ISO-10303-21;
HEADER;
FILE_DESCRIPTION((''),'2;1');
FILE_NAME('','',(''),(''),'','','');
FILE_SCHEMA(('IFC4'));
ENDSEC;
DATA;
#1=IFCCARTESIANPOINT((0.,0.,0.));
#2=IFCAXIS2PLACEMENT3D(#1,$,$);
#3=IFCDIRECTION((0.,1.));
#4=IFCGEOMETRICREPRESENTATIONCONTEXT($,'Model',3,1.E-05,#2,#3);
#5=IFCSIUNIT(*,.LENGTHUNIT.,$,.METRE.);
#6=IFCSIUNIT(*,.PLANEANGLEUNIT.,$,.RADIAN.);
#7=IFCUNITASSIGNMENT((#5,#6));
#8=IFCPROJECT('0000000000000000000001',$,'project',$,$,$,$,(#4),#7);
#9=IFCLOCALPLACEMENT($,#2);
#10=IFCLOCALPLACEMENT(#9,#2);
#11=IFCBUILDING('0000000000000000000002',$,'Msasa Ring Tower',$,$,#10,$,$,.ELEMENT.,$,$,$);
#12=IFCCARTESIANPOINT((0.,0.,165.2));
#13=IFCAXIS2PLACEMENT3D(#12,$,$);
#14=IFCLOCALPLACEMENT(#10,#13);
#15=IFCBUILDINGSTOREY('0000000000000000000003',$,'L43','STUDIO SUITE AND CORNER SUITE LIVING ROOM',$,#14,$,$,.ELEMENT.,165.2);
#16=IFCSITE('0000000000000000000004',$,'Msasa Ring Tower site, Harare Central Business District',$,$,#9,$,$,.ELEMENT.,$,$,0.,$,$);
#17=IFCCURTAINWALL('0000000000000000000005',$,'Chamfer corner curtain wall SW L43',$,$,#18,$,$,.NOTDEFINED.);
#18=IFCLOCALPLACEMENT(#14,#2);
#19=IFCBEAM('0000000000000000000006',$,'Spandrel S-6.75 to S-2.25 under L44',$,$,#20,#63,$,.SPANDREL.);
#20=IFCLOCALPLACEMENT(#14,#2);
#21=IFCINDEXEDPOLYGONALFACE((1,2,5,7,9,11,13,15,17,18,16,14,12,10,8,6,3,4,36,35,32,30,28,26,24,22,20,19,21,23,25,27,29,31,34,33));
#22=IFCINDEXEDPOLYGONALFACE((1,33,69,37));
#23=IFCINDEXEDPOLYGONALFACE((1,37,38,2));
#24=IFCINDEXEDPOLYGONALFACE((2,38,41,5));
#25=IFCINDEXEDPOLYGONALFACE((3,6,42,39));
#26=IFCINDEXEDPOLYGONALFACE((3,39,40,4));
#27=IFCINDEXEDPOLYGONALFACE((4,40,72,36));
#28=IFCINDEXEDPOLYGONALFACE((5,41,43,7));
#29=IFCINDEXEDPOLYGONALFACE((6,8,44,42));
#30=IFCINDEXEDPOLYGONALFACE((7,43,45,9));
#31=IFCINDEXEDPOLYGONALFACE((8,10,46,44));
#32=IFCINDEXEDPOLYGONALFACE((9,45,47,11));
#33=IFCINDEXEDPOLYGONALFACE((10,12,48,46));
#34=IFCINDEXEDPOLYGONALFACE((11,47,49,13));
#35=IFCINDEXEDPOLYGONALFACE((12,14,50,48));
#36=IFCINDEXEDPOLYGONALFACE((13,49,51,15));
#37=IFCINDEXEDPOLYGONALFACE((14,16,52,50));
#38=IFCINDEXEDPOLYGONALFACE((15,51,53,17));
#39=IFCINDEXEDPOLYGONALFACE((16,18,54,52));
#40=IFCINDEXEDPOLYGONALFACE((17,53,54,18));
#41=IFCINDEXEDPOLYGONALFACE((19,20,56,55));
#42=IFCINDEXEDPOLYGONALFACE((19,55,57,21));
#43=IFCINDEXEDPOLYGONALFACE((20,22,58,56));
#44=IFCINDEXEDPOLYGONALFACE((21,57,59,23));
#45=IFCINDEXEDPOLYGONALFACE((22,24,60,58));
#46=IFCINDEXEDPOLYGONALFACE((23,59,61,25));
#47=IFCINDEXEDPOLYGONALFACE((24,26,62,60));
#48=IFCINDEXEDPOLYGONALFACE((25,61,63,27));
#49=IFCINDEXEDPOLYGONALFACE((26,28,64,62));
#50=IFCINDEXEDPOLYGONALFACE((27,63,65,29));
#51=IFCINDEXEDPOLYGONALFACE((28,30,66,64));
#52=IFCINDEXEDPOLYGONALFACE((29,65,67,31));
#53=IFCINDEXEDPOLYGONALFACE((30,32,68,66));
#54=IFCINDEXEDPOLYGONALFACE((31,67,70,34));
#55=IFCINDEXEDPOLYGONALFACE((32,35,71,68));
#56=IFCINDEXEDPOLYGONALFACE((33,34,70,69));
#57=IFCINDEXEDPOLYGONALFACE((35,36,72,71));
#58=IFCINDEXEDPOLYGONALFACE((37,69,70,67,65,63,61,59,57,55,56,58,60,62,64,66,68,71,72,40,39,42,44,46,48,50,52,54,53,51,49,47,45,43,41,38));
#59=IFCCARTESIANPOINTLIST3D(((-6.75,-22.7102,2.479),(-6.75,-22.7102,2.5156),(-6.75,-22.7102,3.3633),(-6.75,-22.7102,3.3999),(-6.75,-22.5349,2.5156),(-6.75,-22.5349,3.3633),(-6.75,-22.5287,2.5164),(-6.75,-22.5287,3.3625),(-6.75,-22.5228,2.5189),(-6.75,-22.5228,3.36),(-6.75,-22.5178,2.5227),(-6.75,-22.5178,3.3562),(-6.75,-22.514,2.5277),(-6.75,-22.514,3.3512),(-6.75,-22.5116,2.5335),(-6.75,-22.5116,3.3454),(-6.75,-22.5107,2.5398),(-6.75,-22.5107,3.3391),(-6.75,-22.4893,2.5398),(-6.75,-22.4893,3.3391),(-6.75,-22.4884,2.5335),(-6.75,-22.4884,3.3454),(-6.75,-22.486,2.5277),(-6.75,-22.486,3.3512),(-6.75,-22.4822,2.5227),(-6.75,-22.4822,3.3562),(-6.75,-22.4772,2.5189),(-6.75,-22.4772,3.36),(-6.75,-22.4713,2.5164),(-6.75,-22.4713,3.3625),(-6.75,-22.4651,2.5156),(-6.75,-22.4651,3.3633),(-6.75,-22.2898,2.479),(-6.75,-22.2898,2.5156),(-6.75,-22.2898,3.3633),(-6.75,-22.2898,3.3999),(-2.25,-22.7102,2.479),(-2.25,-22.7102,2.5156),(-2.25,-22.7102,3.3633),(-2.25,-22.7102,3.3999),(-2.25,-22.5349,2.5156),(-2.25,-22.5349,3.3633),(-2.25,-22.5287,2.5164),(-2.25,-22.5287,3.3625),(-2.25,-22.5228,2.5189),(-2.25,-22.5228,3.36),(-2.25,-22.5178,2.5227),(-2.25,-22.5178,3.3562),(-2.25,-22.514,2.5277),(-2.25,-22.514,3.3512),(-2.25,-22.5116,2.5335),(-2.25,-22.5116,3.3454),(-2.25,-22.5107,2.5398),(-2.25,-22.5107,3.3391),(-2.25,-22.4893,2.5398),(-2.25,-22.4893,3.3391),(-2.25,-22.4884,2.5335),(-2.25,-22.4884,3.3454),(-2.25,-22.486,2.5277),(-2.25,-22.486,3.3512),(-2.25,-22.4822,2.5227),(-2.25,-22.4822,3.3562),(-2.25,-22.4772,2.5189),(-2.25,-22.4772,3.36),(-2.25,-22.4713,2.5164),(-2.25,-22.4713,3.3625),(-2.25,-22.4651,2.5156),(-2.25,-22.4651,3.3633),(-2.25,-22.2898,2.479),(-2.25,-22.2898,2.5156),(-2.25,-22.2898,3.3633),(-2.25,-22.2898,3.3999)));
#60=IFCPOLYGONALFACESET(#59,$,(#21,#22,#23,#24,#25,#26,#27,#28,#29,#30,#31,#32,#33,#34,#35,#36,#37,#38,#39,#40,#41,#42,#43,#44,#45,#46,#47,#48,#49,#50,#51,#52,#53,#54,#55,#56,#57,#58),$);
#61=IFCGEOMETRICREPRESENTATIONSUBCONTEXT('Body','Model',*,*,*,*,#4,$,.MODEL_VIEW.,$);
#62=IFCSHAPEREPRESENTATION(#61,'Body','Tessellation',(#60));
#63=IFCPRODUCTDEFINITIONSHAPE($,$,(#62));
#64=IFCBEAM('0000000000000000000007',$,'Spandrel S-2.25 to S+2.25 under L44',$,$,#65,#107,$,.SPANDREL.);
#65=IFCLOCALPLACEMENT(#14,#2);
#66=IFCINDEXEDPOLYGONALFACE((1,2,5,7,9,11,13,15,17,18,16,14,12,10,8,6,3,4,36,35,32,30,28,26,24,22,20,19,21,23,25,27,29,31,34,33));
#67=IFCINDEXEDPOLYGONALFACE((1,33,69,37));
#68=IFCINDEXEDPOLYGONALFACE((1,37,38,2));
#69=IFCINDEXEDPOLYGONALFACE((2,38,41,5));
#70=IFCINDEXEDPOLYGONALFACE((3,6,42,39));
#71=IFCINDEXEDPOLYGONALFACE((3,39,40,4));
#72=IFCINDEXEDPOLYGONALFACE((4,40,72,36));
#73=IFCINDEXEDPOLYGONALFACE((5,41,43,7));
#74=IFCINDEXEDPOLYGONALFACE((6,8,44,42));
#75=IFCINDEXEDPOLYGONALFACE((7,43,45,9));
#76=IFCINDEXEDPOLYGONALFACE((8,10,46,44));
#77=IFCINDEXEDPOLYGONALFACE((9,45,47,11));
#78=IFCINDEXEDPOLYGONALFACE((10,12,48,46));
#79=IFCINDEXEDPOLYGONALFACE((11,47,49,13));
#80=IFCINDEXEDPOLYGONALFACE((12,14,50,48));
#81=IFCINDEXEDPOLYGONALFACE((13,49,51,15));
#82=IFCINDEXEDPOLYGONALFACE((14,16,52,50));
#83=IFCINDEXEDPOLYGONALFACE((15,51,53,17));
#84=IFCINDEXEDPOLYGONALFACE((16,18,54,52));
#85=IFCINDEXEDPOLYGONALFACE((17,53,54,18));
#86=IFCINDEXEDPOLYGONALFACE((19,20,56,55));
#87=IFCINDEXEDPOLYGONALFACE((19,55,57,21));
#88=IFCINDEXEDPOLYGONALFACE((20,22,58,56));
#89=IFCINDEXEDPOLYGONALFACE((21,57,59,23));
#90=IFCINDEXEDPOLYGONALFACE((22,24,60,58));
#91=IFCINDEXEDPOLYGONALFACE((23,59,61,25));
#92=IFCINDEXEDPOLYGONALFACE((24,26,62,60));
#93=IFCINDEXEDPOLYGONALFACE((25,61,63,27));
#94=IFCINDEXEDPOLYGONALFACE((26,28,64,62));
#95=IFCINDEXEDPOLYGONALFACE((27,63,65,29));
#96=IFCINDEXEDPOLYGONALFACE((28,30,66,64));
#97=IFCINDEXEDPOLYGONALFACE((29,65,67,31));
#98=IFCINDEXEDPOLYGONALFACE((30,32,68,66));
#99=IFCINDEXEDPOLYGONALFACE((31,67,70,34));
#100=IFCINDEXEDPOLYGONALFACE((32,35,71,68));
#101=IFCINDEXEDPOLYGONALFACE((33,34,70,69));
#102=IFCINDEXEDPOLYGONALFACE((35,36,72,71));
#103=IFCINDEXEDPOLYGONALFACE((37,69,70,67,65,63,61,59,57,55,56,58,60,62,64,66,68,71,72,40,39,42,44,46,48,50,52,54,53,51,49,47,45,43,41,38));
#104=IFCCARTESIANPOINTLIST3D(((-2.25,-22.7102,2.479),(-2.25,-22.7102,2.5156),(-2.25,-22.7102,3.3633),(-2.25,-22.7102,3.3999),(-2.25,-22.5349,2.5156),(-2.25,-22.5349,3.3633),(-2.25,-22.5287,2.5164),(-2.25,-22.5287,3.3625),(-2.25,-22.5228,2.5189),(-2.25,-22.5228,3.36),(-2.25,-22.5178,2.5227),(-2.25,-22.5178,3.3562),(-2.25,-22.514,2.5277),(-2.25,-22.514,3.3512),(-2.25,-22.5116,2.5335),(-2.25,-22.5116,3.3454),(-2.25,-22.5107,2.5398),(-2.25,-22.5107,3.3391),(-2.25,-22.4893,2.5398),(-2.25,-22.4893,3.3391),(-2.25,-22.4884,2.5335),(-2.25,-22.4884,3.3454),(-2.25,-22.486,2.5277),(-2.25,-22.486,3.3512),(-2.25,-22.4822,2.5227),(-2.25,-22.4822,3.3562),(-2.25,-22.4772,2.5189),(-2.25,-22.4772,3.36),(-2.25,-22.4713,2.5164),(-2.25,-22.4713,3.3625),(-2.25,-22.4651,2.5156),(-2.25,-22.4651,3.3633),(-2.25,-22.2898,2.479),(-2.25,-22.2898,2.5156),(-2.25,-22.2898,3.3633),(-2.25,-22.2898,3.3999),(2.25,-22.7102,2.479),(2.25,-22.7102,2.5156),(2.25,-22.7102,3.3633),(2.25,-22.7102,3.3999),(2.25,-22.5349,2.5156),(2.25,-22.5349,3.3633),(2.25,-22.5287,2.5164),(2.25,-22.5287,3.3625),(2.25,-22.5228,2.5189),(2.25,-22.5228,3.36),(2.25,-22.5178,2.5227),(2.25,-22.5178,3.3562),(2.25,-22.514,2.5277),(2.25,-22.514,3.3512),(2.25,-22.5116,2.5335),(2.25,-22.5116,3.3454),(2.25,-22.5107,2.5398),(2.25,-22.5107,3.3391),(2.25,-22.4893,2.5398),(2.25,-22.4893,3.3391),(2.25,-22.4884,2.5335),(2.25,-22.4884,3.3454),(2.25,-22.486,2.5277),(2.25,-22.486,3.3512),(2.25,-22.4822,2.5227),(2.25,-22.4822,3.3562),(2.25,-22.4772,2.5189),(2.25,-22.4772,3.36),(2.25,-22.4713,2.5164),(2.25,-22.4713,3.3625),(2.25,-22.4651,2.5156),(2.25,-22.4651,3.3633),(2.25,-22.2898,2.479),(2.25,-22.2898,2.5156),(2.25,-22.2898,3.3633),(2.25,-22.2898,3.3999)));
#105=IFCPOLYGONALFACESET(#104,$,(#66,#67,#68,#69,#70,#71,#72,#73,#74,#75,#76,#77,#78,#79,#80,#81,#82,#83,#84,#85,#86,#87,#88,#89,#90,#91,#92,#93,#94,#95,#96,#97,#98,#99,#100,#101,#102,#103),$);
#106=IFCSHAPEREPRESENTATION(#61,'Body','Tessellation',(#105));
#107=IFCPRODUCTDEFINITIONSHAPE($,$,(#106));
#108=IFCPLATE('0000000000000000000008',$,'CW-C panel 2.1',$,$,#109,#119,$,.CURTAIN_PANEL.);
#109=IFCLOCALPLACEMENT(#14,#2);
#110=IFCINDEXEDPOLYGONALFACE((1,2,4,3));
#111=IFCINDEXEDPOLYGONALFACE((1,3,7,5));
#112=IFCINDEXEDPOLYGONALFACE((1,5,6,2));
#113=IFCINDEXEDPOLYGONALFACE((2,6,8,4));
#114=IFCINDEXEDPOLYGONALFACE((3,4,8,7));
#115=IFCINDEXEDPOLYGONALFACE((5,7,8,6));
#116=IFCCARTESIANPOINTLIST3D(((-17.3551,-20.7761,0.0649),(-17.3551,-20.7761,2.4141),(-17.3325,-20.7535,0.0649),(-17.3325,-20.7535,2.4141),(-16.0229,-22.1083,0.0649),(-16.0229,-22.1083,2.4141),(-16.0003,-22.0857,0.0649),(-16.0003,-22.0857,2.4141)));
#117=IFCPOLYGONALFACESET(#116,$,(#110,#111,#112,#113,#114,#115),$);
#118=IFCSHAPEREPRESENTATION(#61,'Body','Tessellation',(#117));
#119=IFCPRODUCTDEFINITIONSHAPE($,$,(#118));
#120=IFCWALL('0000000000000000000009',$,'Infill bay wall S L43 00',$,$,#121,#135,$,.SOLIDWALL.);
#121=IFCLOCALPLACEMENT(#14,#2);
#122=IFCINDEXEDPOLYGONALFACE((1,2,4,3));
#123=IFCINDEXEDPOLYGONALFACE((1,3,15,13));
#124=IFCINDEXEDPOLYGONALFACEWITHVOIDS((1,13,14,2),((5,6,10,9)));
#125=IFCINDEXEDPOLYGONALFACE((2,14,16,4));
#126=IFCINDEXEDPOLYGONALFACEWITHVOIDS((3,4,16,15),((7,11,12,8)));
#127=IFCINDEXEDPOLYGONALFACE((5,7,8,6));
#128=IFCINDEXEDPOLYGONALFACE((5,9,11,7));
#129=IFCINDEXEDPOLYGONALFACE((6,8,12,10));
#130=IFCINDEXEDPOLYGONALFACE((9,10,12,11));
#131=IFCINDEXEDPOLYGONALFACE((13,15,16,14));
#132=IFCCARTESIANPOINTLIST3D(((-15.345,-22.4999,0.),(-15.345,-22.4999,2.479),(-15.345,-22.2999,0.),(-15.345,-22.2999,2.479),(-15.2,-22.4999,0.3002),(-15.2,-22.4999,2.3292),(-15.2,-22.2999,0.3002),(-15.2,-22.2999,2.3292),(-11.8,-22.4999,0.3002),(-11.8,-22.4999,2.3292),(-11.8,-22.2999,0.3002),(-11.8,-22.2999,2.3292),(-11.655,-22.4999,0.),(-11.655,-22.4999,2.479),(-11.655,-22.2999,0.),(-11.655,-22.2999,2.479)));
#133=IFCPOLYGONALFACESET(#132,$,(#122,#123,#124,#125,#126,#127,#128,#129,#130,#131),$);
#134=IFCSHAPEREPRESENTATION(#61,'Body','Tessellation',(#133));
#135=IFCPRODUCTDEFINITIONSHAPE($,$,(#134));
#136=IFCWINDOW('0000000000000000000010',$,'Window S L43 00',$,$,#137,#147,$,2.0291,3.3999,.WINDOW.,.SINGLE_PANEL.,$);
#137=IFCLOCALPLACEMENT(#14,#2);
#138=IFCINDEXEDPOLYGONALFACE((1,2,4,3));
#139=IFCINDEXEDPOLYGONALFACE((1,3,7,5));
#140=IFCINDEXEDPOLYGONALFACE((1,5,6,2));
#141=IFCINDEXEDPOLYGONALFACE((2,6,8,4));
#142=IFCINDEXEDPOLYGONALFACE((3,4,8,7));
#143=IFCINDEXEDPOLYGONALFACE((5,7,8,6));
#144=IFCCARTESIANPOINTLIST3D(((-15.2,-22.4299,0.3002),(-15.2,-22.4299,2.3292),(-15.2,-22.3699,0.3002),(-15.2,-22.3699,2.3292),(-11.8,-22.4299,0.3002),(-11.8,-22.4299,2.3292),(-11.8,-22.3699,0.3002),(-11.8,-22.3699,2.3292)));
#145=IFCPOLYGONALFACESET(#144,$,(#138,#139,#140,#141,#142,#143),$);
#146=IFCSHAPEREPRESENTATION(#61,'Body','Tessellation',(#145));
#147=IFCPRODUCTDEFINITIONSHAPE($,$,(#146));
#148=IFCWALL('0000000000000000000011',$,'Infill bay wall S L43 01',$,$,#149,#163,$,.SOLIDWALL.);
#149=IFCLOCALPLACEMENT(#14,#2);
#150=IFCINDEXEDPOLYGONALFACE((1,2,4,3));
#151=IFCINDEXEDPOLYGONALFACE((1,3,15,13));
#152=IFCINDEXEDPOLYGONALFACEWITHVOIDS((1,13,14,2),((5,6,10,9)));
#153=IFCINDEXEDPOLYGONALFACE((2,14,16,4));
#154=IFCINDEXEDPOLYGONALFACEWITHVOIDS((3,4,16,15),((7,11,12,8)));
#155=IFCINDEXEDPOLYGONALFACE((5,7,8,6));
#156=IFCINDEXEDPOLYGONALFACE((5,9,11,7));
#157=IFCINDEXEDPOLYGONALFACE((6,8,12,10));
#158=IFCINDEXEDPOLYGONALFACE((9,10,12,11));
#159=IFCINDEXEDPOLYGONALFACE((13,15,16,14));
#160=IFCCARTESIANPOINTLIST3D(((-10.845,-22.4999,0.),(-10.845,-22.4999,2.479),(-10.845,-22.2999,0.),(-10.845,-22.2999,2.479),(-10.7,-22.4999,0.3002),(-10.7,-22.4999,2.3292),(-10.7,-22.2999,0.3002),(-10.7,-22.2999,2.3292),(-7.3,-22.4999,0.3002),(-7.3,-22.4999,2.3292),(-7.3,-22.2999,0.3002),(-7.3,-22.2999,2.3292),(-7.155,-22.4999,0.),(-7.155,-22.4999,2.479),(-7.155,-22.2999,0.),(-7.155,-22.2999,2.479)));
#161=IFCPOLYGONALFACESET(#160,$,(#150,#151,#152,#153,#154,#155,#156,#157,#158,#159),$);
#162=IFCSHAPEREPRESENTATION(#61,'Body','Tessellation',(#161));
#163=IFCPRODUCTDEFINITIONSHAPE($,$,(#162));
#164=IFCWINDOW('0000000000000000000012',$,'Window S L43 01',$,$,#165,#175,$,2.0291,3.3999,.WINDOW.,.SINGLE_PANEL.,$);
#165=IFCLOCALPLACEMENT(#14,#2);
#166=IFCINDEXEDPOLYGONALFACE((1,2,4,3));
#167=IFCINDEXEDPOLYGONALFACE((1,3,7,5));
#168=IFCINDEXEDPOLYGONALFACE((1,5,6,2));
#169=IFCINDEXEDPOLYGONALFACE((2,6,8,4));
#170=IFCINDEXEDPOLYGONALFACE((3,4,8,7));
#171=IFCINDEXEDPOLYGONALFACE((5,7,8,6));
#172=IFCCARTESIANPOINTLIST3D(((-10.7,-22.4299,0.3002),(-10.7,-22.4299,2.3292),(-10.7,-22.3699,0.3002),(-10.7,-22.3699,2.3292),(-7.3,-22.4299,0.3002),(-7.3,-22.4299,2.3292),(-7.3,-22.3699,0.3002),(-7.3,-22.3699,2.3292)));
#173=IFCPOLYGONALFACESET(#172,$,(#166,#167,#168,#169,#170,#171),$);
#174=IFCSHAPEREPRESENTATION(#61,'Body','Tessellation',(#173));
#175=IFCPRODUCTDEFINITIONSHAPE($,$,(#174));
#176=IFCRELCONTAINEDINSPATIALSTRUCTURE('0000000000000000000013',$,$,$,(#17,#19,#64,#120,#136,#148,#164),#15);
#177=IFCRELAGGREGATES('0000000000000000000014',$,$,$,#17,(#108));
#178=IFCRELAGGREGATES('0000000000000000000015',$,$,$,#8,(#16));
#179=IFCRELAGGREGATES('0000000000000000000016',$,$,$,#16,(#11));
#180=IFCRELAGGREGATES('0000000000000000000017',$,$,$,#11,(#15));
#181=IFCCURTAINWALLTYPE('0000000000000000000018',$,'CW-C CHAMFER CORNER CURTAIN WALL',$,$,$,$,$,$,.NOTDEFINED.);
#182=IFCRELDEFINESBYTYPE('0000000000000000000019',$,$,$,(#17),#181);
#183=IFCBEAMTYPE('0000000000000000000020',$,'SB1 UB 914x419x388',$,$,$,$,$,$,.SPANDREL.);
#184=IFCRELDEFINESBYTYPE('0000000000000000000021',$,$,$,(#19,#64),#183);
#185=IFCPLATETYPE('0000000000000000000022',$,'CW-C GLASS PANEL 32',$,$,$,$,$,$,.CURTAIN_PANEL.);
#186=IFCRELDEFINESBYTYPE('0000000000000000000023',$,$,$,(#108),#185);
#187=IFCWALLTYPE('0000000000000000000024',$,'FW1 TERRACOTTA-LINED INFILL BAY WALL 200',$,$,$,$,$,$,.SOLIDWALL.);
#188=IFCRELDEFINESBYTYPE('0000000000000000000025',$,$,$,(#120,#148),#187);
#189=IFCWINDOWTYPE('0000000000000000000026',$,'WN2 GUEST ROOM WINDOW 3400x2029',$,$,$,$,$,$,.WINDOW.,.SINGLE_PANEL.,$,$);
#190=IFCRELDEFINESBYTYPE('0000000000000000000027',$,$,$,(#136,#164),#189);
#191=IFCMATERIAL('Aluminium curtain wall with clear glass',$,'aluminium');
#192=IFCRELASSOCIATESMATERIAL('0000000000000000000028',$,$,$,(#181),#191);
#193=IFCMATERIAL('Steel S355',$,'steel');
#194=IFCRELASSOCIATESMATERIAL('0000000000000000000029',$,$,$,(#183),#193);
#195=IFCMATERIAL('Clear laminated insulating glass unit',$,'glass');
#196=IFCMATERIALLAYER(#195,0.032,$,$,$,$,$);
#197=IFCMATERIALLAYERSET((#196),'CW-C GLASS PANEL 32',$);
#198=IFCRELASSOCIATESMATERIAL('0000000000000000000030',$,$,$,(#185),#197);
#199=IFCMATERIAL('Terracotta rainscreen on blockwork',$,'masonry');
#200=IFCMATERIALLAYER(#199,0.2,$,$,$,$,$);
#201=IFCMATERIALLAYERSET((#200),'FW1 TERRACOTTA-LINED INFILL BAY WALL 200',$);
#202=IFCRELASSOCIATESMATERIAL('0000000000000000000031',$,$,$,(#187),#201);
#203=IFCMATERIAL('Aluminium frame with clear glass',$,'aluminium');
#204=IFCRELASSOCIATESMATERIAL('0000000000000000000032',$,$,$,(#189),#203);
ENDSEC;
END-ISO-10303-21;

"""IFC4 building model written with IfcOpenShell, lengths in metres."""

from ifc_helpers import new_model, si_unit, direction, frame, frame_2d, origin, origin_2d, place, context, subcontext, project, spatial, rectangle, i_section, extrude, material, layer, layer_set, material_profile, profile_set, type_object, element, fill, aggregate, save


model = new_model("IFC4")

# Units and contexts
model_context = context("Model", 3, precision=1e-05, world=origin(), true_north=direction((0.0, 1.0)))
body_context = subcontext(model_context, "Body", "Model", "MODEL_VIEW")
ifc_project = project(units=[si_unit("LENGTHUNIT", "METRE"), si_unit("PLANEANGLEUNIT", "RADIAN")], contexts=[model_context])

# Site, building, storey
site_placement = place(None, origin())
site = spatial("IfcSite", under=ifc_project, at=site_placement, Name="Msasa Ring Tower site, Harare Central Business District", CompositionType="ELEMENT", RefElevation=0.0)
building_placement = place(site_placement, origin())
building = spatial("IfcBuilding", under=site, at=building_placement, Name="Msasa Ring Tower", CompositionType="ELEMENT")
storey_placement = place(building_placement, frame((0.0, 0.0, 165.2)))
storey = spatial("IfcBuildingStorey", under=building, at=storey_placement, Name="L43", Description="STUDIO SUITE AND CORNER SUITE LIVING ROOM", CompositionType="ELEMENT", Elevation=165.2)

# Curtain wall
ifc_material_1 = material(Name="Aluminium curtain wall with clear glass", Category="aluminium")
curtain_wall_type = type_object("IfcCurtainWallType", Name="CW-C CHAMFER CORNER CURTAIN WALL", PredefinedType="NOTDEFINED", material=ifc_material_1)
curtain_wall_placement = place(storey_placement, origin())
curtain_wall = element("IfcCurtainWall", 1, at=curtain_wall_placement, inside=storey, type_object=curtain_wall_type, Name="Chamfer corner curtain wall SW L43", PredefinedType="NOTDEFINED")

# Beams
ifc_material_2 = material(Name="Steel S355", Category="steel")
ifc_material_profile_1 = material_profile(ifc_material_2, i_section(OverallWidth=0.4204, OverallDepth=0.9209, WebThickness=0.0215, FlangeThickness=0.0366, FilletRadius=0.0242, at=origin_2d()), Name="UB 914x419x388")
ifc_profile_set_1 = profile_set([ifc_material_profile_1], Name="Steel S355")
beam_type_1 = type_object("IfcBeamType", Name="SB1 UB 914x419x388", PredefinedType="SPANDREL", material=ifc_profile_set_1)
for number, where, z_axis, x_axis, name in (
    (2, (-6.75, -22.5, 2.9395), (1.0, 0.0, 0.0), (0.0, 1.0, 0.0), "Spandrel S-6.75 to S-2.25 under L44"),
    (3, (-2.25, -22.5, 2.9395), (1.0, 0.0, 0.0), (0.0, 1.0, 0.0), "Spandrel S-2.25 to S+2.25 under L44"),
):
    element("IfcBeam", number, at=place(storey_placement, frame(where, z_axis=z_axis, x_axis=x_axis)), inside=storey, type_object=beam_type_1, Name=name, PredefinedType="SPANDREL", context=body_context, shape_type="SweptSolid", body=[
        extrude(i_section(OverallWidth=0.4204, OverallDepth=0.9209, WebThickness=0.0215, FlangeThickness=0.0366, FilletRadius=0.0242, at=origin_2d()), origin(), (0.0, 0.0, 1.0), 4.5),
    ])

# Plate
ifc_material_3 = material(Name="Clear laminated insulating glass unit", Category="glass")
ifc_layer_1 = layer(ifc_material_3, 0.032)
ifc_layer_set_1 = layer_set([ifc_layer_1], Name="CW-C GLASS PANEL 32")
plate_type = type_object("IfcPlateType", Name="CW-C GLASS PANEL 32", PredefinedType="CURTAIN_PANEL", material=ifc_layer_set_1)
plate_placement = place(storey_placement, frame((-16.6777, -21.4309, 0.0649), z_axis=(0.0, 0.0, 1.0), x_axis=(0.707107, -0.707107, 0.0)))
plate = element("IfcPlate", 4, at=plate_placement, type_object=plate_type, Name="CW-C panel 2.1", PredefinedType="CURTAIN_PANEL", context=body_context, shape_type="SweptSolid", body=[
    extrude(rectangle(XDim=1.884, YDim=0.032, at=origin_2d()), origin(), (0.0, 0.0, 1.0), 2.3491),
])
aggregate(curtain_wall, [plate])

# Walls, openings, windows
ifc_material_4 = material(Name="Terracotta rainscreen on blockwork", Category="masonry")
ifc_layer_2 = layer(ifc_material_4, 0.2)
ifc_layer_set_2 = layer_set([ifc_layer_2], Name="FW1 TERRACOTTA-LINED INFILL BAY WALL 200")
wall_type_1 = type_object("IfcWallType", Name="FW1 TERRACOTTA-LINED INFILL BAY WALL 200", PredefinedType="SOLIDWALL", material=ifc_layer_set_2)
wall_1_placement = place(storey_placement, frame((-15.345, -22.3999, 0.0), z_axis=(0.0, 0.0, 1.0), x_axis=(1.0, 0.0, 0.0)))
wall_1 = element("IfcWall", 5, at=wall_1_placement, inside=storey, type_object=wall_type_1, Name="Infill bay wall S L43 00", PredefinedType="SOLIDWALL", context=body_context, shape_type="SweptSolid", body=[
    extrude(rectangle(XDim=3.6899, YDim=0.2, at=frame_2d((1.845, 0.0))), origin(), (0.0, 0.0, 1.0), 2.479),
])
opening_1_placement = place(wall_1_placement, frame((0.145, 0.0, 0.3)))
opening_1 = element("IfcOpeningElement", 6, at=opening_1_placement, cuts=wall_1, PredefinedType="OPENING", context=body_context, shape_type="SweptSolid", body=[
    extrude(rectangle(XDim=3.3999, YDim=2.0291, at=frame_2d((1.7, 1.0146))), frame((0.0, 0.1099, 0.0), z_axis=(0.0, -1.0, 0.0), x_axis=(1.0, 0.0, 0.0)), (0.0, 0.0, 1.0), 0.22),
])
ifc_material_5 = material(Name="Aluminium frame with clear glass", Category="aluminium")
window_type = type_object("IfcWindowType", Name="WN2 GUEST ROOM WINDOW 3400x2029", PartitioningType="SINGLE_PANEL", PredefinedType="WINDOW", material=ifc_material_5)
window_1_placement = place(opening_1_placement, origin())
window_1 = element("IfcWindow", 7, at=window_1_placement, inside=storey, type_object=window_type, Name="Window S L43 00", OverallHeight=2.0291, OverallWidth=3.3999, PartitioningType="SINGLE_PANEL", PredefinedType="WINDOW", context=body_context, shape_type="SweptSolid", body=[
    extrude(rectangle(XDim=3.3999, YDim=2.0291, at=frame_2d((1.7, 1.0146))), frame((0.0, 0.03, 0.0), z_axis=(0.0, -1.0, 0.0), x_axis=(1.0, 0.0, 0.0)), (0.0, 0.0, 1.0), 0.0601),
])
fill(opening_1, window_1)
wall_2_placement = place(storey_placement, frame((-10.845, -22.3999, 0.0), z_axis=(0.0, 0.0, 1.0), x_axis=(1.0, 0.0, 0.0)))
wall_2 = element("IfcWall", 8, at=wall_2_placement, inside=storey, type_object=wall_type_1, Name="Infill bay wall S L43 01", PredefinedType="SOLIDWALL", context=body_context, shape_type="SweptSolid", body=[
    extrude(rectangle(XDim=3.6899, YDim=0.2, at=frame_2d((1.845, 0.0))), origin(), (0.0, 0.0, 1.0), 2.479),
])
opening_2_placement = place(wall_2_placement, frame((0.145, 0.0, 0.3)))
opening_2 = element("IfcOpeningElement", 9, at=opening_2_placement, cuts=wall_2, PredefinedType="OPENING", context=body_context, shape_type="SweptSolid", body=[
    extrude(rectangle(XDim=3.3999, YDim=2.0291, at=frame_2d((1.7, 1.0146))), frame((0.0, 0.1099, 0.0), z_axis=(0.0, -1.0, 0.0), x_axis=(1.0, 0.0, 0.0)), (0.0, 0.0, 1.0), 0.22),
])
window_2_placement = place(opening_2_placement, origin())
window_2 = element("IfcWindow", 10, at=window_2_placement, inside=storey, type_object=window_type, Name="Window S L43 01", OverallHeight=2.0291, OverallWidth=3.3999, PartitioningType="SINGLE_PANEL", PredefinedType="WINDOW", context=body_context, shape_type="SweptSolid", body=[
    extrude(rectangle(XDim=3.3999, YDim=2.0291, at=frame_2d((1.7, 1.0146))), frame((0.0, 0.03, 0.0), z_axis=(0.0, -1.0, 0.0), x_axis=(1.0, 0.0, 0.0)), (0.0, 0.0, 1.0), 0.0601),
])
fill(opening_2, window_2)

save(model, "model.ifc")
